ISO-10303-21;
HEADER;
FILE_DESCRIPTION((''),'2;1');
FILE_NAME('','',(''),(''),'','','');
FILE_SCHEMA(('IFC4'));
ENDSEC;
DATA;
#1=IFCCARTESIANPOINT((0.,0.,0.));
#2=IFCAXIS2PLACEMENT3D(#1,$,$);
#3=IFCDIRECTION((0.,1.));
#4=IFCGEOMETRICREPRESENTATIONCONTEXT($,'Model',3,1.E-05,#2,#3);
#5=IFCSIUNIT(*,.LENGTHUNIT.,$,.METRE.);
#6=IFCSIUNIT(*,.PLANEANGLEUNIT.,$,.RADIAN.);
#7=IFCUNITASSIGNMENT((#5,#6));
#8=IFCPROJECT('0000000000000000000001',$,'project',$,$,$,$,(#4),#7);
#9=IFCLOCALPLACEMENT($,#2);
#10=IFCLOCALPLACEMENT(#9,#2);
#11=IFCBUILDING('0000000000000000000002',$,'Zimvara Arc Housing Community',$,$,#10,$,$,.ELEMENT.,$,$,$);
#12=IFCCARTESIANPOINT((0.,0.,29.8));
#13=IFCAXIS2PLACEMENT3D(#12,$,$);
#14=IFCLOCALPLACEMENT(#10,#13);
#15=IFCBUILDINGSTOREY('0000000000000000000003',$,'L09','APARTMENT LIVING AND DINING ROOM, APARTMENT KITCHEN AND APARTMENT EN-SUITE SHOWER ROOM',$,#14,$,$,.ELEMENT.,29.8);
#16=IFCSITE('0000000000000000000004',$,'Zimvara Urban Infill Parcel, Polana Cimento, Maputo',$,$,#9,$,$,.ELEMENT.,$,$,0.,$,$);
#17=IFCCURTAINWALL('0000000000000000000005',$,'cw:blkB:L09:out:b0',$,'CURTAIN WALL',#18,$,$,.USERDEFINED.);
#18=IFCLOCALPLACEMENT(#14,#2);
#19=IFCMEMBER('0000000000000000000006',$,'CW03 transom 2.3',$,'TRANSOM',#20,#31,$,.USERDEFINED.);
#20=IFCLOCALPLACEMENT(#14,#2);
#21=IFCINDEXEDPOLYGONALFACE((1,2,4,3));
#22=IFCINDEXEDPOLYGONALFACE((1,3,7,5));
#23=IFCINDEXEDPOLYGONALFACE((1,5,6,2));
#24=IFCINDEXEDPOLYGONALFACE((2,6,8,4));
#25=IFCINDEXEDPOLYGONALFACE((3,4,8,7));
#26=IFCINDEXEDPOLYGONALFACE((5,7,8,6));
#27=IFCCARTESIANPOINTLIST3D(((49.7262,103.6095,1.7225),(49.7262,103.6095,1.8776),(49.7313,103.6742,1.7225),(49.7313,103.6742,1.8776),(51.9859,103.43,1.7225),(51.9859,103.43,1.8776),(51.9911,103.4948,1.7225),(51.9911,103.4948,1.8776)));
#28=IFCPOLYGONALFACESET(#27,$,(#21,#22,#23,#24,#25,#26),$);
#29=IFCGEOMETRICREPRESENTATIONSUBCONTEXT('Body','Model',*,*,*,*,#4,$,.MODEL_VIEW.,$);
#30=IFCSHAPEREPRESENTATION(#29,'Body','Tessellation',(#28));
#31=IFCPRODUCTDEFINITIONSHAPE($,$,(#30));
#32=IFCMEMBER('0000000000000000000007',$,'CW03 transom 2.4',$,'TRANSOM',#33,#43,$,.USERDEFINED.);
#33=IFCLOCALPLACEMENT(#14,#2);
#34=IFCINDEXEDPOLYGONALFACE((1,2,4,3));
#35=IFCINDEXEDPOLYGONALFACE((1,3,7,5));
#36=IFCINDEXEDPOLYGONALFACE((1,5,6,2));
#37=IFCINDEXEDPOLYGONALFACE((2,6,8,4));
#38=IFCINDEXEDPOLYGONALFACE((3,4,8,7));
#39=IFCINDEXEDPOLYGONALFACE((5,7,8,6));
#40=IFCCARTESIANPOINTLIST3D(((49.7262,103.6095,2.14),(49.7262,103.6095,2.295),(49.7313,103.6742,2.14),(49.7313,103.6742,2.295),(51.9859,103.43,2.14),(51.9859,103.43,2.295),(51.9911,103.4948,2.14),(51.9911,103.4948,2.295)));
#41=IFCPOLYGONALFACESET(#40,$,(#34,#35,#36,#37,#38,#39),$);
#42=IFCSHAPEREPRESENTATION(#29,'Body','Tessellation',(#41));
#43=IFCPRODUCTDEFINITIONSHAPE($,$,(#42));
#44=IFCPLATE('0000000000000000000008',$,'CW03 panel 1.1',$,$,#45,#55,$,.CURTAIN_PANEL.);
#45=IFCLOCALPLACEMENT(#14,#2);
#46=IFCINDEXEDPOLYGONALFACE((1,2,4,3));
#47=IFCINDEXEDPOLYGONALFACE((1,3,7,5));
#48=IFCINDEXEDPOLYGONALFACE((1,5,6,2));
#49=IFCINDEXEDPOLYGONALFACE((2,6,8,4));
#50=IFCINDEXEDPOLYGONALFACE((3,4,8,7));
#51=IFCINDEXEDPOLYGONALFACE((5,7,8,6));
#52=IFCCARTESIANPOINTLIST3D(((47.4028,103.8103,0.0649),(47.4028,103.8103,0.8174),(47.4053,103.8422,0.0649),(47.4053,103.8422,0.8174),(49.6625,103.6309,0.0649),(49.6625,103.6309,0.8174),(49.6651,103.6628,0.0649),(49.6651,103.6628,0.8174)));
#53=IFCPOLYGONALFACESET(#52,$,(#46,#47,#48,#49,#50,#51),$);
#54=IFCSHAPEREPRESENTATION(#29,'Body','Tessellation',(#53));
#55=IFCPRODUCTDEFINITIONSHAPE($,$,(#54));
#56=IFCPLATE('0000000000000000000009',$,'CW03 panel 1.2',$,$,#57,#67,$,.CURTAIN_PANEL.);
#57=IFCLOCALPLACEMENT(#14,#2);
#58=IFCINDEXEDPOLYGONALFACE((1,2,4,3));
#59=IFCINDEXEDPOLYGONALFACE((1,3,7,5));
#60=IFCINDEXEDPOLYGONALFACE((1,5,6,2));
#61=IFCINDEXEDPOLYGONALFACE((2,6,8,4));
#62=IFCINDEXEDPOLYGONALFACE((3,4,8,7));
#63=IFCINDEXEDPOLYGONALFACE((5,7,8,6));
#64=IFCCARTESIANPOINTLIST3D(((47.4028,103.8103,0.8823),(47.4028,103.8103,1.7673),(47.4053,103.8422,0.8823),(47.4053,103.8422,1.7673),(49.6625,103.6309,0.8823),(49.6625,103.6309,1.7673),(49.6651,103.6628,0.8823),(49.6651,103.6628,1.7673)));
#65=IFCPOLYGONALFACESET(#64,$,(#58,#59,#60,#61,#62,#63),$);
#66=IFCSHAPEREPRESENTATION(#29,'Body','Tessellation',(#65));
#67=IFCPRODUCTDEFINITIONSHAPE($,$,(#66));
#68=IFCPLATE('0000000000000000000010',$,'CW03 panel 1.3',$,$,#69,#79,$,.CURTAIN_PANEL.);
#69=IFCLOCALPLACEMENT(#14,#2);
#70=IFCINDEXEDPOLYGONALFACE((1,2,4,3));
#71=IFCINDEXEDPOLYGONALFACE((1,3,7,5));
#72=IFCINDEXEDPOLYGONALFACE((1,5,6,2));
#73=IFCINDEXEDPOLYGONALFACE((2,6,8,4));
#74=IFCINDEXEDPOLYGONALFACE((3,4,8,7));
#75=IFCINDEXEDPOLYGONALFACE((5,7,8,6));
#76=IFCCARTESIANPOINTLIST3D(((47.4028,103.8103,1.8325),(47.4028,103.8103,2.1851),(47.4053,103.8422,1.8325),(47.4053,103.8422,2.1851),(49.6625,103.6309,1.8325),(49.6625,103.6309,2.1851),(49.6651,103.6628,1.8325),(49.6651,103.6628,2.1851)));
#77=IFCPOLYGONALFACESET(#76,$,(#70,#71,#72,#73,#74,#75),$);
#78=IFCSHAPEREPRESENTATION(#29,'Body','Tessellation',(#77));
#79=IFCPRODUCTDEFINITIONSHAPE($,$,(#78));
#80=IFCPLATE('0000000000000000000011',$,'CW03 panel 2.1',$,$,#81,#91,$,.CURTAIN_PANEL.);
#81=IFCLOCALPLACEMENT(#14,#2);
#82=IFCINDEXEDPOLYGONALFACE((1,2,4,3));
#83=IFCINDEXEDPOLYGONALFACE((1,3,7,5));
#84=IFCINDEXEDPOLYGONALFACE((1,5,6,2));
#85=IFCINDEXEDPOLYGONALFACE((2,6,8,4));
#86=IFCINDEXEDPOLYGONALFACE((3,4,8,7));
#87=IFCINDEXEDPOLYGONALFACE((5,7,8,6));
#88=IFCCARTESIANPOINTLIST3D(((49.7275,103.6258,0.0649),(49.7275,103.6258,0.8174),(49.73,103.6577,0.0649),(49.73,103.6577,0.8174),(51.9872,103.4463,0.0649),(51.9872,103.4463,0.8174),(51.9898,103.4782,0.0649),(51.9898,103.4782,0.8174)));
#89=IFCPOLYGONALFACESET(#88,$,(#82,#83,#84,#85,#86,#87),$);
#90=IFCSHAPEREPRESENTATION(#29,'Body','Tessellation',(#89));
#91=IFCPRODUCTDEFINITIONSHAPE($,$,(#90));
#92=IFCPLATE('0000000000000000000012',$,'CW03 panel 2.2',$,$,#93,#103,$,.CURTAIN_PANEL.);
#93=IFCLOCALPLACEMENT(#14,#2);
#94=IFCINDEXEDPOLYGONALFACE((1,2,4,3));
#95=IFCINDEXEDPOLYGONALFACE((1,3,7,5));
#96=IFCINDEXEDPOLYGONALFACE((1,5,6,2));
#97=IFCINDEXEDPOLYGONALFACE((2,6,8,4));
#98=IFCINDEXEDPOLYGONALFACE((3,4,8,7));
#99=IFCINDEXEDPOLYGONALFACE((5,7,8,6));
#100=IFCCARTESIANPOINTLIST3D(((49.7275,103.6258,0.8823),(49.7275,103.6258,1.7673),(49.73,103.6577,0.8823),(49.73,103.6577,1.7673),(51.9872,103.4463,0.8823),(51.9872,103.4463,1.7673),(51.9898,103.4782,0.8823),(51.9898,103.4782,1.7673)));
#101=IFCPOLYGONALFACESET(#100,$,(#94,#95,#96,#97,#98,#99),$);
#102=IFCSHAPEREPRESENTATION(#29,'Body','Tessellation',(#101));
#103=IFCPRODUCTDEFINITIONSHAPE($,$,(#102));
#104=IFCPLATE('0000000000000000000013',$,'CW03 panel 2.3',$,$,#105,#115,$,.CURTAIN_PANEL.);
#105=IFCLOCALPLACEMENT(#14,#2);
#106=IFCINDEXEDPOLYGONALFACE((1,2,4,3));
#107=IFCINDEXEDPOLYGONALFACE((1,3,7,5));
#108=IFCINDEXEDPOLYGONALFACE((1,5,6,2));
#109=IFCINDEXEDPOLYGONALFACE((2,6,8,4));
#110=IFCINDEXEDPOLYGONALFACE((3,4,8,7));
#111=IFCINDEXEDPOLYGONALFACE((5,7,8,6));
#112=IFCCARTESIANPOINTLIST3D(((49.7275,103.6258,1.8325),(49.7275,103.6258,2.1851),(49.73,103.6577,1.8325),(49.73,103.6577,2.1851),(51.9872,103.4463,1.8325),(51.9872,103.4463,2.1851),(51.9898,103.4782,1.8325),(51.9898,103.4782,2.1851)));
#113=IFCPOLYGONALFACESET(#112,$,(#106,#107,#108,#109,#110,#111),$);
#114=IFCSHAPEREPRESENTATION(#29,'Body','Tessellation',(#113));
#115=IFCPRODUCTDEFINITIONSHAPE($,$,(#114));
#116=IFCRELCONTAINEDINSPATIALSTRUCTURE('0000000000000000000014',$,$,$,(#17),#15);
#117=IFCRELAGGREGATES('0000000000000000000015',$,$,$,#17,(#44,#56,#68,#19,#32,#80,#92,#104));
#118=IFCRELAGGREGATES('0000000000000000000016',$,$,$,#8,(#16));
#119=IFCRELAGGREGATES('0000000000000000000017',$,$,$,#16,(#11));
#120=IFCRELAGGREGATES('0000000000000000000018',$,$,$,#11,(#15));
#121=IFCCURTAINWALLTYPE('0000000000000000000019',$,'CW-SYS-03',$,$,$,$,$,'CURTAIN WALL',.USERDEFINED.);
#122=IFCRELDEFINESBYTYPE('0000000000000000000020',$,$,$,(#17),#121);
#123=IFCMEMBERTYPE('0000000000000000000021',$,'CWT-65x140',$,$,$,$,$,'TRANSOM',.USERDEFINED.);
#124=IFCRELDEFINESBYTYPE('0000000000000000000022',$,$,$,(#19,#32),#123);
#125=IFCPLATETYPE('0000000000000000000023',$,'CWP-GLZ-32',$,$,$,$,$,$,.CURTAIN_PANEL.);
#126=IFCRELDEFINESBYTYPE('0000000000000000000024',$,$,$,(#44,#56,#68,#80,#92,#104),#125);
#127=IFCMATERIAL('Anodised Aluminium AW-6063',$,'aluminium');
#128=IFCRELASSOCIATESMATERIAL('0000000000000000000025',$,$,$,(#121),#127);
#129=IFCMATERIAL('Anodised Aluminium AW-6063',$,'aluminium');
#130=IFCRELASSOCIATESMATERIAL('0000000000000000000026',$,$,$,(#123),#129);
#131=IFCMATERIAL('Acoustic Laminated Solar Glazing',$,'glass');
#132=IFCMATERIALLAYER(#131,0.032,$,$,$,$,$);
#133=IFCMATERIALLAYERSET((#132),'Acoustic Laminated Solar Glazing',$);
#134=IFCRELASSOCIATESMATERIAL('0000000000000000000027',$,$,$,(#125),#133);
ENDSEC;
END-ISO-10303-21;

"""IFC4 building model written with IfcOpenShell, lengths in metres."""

from ifc_helpers import new_model, si_unit, direction, frame, origin, origin_2d, place, context, subcontext, project, spatial, rectangle, extrude, material, layer, layer_set, material_profile, profile_set, type_object, element, aggregate, save


model = new_model("IFC4")

# Units and contexts
model_context = context("Model", 3, precision=1e-05, world=origin(), true_north=direction((0.0, 1.0)))
body_context = subcontext(model_context, "Body", "Model", "MODEL_VIEW")
ifc_project = project(units=[si_unit("LENGTHUNIT", "METRE"), si_unit("PLANEANGLEUNIT", "RADIAN")], contexts=[model_context])

# Site, building, storey
site_placement = place(None, origin())
site = spatial("IfcSite", under=ifc_project, at=site_placement, Name="Zimvara Urban Infill Parcel, Polana Cimento, Maputo", CompositionType="ELEMENT", RefElevation=0.0)
building_placement = place(site_placement, origin())
building = spatial("IfcBuilding", under=site, at=building_placement, Name="Zimvara Arc Housing Community", CompositionType="ELEMENT")
storey_placement = place(building_placement, frame((0.0, 0.0, 29.8)))
storey = spatial("IfcBuildingStorey", under=building, at=storey_placement, Name="L09", Description="APARTMENT LIVING AND DINING ROOM, APARTMENT KITCHEN AND APARTMENT EN-SUITE SHOWER ROOM", CompositionType="ELEMENT", Elevation=29.8)

# Curtain wall, members, plates
ifc_material_1 = material(Name="Anodised Aluminium AW-6063", Category="aluminium")
curtain_wall_type = type_object("IfcCurtainWallType", Name="CW-SYS-03", ElementType="CURTAIN WALL", PredefinedType="USERDEFINED", material=ifc_material_1)
curtain_wall_placement = place(storey_placement, origin())
curtain_wall = element("IfcCurtainWall", 1, at=curtain_wall_placement, inside=storey, type_object=curtain_wall_type, Name="cw:blkB:L09:out:b0", ObjectType="CURTAIN WALL", PredefinedType="USERDEFINED")
ifc_material_2 = material(Name="Anodised Aluminium AW-6063", Category="aluminium")
ifc_material_profile_1 = material_profile(ifc_material_2, rectangle(XDim=0.0649, YDim=0.155, at=origin_2d()), Name="ALU 65x155")
ifc_profile_set_1 = profile_set([ifc_material_profile_1], Name="Anodised Aluminium AW-6063")
member_type_1 = type_object("IfcMemberType", Name="CWT-65x140", ElementType="TRANSOM", PredefinedType="USERDEFINED", material=ifc_profile_set_1)
member_1_placement = place(storey_placement, frame((49.7288, 103.6418, 1.8), z_axis=(0.996862, -0.079159, 0.0), x_axis=(0.079159, 0.996862, 0.0)))
member_1 = element("IfcMember", 2, at=member_1_placement, type_object=member_type_1, Name="CW03 transom 2.3", ObjectType="TRANSOM", PredefinedType="USERDEFINED", context=body_context, shape_type="SweptSolid", body=[
    extrude(rectangle(XDim=0.0649, YDim=0.155, at=origin_2d()), origin(), (0.0, 0.0, 1.0), 2.2668),
])
member_2_placement = place(storey_placement, frame((49.7288, 103.6418, 2.2175), z_axis=(0.996862, -0.079159, 0.0), x_axis=(0.079159, 0.996862, 0.0)))
member_2 = element("IfcMember", 3, at=member_2_placement, type_object=member_type_1, Name="CW03 transom 2.4", ObjectType="TRANSOM", PredefinedType="USERDEFINED", context=body_context, shape_type="SweptSolid", body=[
    extrude(rectangle(XDim=0.0649, YDim=0.155, at=origin_2d()), origin(), (0.0, 0.0, 1.0), 2.2668),
])
ifc_material_3 = material(Name="Acoustic Laminated Solar Glazing", Category="glass")
ifc_layer = layer(ifc_material_3, 0.032)
ifc_layer_set = layer_set([ifc_layer], Name="Acoustic Laminated Solar Glazing")
plate_type = type_object("IfcPlateType", Name="CWP-GLZ-32", PredefinedType="CURTAIN_PANEL", material=ifc_layer_set)
plate_1_placement = place(storey_placement, frame((48.5339, 103.7366, 0.0649), z_axis=(0.0, 0.0, 1.0), x_axis=(0.996862, -0.079154, 0.0)))
plate_1 = element("IfcPlate", 4, at=plate_1_placement, type_object=plate_type, Name="CW03 panel 1.1", PredefinedType="CURTAIN_PANEL", context=body_context, shape_type="SweptSolid", body=[
    extrude(rectangle(XDim=2.2668, YDim=0.032, at=origin_2d()), origin(), (0.0, 0.0, 1.0), 0.7524),
])
plate_2_placement = place(storey_placement, frame((48.5339, 103.7366, 0.8823), z_axis=(0.0, 0.0, 1.0), x_axis=(0.996862, -0.079154, 0.0)))
plate_2 = element("IfcPlate", 5, at=plate_2_placement, type_object=plate_type, Name="CW03 panel 1.2", PredefinedType="CURTAIN_PANEL", context=body_context, shape_type="SweptSolid", body=[
    extrude(rectangle(XDim=2.2668, YDim=0.032, at=origin_2d()), origin(), (0.0, 0.0, 1.0), 0.885),
])
plate_3_placement = place(storey_placement, frame((48.5339, 103.7366, 1.8325), z_axis=(0.0, 0.0, 1.0), x_axis=(0.996862, -0.079154, 0.0)))
plate_3 = element("IfcPlate", 6, at=plate_3_placement, type_object=plate_type, Name="CW03 panel 1.3", PredefinedType="CURTAIN_PANEL", context=body_context, shape_type="SweptSolid", body=[
    extrude(rectangle(XDim=2.2668, YDim=0.032, at=origin_2d()), origin(), (0.0, 0.0, 1.0), 0.3525),
])
plate_4_placement = place(storey_placement, frame((50.8586, 103.552, 0.0649), z_axis=(0.0, 0.0, 1.0), x_axis=(0.996862, -0.079154, 0.0)))
plate_4 = element("IfcPlate", 7, at=plate_4_placement, type_object=plate_type, Name="CW03 panel 2.1", PredefinedType="CURTAIN_PANEL", context=body_context, shape_type="SweptSolid", body=[
    extrude(rectangle(XDim=2.2668, YDim=0.032, at=origin_2d()), origin(), (0.0, 0.0, 1.0), 0.7524),
])
plate_5_placement = place(storey_placement, frame((50.8586, 103.552, 0.8823), z_axis=(0.0, 0.0, 1.0), x_axis=(0.996862, -0.079154, 0.0)))
plate_5 = element("IfcPlate", 8, at=plate_5_placement, type_object=plate_type, Name="CW03 panel 2.2", PredefinedType="CURTAIN_PANEL", context=body_context, shape_type="SweptSolid", body=[
    extrude(rectangle(XDim=2.2668, YDim=0.032, at=origin_2d()), origin(), (0.0, 0.0, 1.0), 0.885),
])
plate_6_placement = place(storey_placement, frame((50.8586, 103.552, 1.8325), z_axis=(0.0, 0.0, 1.0), x_axis=(0.996862, -0.079154, 0.0)))
plate_6 = element("IfcPlate", 9, at=plate_6_placement, type_object=plate_type, Name="CW03 panel 2.3", PredefinedType="CURTAIN_PANEL", context=body_context, shape_type="SweptSolid", body=[
    extrude(rectangle(XDim=2.2668, YDim=0.032, at=origin_2d()), origin(), (0.0, 0.0, 1.0), 0.3525),
])
aggregate(curtain_wall, [plate_1, plate_2, plate_3, member_1, member_2, plate_4, plate_5, plate_6])

save(model, "model.ifc")
